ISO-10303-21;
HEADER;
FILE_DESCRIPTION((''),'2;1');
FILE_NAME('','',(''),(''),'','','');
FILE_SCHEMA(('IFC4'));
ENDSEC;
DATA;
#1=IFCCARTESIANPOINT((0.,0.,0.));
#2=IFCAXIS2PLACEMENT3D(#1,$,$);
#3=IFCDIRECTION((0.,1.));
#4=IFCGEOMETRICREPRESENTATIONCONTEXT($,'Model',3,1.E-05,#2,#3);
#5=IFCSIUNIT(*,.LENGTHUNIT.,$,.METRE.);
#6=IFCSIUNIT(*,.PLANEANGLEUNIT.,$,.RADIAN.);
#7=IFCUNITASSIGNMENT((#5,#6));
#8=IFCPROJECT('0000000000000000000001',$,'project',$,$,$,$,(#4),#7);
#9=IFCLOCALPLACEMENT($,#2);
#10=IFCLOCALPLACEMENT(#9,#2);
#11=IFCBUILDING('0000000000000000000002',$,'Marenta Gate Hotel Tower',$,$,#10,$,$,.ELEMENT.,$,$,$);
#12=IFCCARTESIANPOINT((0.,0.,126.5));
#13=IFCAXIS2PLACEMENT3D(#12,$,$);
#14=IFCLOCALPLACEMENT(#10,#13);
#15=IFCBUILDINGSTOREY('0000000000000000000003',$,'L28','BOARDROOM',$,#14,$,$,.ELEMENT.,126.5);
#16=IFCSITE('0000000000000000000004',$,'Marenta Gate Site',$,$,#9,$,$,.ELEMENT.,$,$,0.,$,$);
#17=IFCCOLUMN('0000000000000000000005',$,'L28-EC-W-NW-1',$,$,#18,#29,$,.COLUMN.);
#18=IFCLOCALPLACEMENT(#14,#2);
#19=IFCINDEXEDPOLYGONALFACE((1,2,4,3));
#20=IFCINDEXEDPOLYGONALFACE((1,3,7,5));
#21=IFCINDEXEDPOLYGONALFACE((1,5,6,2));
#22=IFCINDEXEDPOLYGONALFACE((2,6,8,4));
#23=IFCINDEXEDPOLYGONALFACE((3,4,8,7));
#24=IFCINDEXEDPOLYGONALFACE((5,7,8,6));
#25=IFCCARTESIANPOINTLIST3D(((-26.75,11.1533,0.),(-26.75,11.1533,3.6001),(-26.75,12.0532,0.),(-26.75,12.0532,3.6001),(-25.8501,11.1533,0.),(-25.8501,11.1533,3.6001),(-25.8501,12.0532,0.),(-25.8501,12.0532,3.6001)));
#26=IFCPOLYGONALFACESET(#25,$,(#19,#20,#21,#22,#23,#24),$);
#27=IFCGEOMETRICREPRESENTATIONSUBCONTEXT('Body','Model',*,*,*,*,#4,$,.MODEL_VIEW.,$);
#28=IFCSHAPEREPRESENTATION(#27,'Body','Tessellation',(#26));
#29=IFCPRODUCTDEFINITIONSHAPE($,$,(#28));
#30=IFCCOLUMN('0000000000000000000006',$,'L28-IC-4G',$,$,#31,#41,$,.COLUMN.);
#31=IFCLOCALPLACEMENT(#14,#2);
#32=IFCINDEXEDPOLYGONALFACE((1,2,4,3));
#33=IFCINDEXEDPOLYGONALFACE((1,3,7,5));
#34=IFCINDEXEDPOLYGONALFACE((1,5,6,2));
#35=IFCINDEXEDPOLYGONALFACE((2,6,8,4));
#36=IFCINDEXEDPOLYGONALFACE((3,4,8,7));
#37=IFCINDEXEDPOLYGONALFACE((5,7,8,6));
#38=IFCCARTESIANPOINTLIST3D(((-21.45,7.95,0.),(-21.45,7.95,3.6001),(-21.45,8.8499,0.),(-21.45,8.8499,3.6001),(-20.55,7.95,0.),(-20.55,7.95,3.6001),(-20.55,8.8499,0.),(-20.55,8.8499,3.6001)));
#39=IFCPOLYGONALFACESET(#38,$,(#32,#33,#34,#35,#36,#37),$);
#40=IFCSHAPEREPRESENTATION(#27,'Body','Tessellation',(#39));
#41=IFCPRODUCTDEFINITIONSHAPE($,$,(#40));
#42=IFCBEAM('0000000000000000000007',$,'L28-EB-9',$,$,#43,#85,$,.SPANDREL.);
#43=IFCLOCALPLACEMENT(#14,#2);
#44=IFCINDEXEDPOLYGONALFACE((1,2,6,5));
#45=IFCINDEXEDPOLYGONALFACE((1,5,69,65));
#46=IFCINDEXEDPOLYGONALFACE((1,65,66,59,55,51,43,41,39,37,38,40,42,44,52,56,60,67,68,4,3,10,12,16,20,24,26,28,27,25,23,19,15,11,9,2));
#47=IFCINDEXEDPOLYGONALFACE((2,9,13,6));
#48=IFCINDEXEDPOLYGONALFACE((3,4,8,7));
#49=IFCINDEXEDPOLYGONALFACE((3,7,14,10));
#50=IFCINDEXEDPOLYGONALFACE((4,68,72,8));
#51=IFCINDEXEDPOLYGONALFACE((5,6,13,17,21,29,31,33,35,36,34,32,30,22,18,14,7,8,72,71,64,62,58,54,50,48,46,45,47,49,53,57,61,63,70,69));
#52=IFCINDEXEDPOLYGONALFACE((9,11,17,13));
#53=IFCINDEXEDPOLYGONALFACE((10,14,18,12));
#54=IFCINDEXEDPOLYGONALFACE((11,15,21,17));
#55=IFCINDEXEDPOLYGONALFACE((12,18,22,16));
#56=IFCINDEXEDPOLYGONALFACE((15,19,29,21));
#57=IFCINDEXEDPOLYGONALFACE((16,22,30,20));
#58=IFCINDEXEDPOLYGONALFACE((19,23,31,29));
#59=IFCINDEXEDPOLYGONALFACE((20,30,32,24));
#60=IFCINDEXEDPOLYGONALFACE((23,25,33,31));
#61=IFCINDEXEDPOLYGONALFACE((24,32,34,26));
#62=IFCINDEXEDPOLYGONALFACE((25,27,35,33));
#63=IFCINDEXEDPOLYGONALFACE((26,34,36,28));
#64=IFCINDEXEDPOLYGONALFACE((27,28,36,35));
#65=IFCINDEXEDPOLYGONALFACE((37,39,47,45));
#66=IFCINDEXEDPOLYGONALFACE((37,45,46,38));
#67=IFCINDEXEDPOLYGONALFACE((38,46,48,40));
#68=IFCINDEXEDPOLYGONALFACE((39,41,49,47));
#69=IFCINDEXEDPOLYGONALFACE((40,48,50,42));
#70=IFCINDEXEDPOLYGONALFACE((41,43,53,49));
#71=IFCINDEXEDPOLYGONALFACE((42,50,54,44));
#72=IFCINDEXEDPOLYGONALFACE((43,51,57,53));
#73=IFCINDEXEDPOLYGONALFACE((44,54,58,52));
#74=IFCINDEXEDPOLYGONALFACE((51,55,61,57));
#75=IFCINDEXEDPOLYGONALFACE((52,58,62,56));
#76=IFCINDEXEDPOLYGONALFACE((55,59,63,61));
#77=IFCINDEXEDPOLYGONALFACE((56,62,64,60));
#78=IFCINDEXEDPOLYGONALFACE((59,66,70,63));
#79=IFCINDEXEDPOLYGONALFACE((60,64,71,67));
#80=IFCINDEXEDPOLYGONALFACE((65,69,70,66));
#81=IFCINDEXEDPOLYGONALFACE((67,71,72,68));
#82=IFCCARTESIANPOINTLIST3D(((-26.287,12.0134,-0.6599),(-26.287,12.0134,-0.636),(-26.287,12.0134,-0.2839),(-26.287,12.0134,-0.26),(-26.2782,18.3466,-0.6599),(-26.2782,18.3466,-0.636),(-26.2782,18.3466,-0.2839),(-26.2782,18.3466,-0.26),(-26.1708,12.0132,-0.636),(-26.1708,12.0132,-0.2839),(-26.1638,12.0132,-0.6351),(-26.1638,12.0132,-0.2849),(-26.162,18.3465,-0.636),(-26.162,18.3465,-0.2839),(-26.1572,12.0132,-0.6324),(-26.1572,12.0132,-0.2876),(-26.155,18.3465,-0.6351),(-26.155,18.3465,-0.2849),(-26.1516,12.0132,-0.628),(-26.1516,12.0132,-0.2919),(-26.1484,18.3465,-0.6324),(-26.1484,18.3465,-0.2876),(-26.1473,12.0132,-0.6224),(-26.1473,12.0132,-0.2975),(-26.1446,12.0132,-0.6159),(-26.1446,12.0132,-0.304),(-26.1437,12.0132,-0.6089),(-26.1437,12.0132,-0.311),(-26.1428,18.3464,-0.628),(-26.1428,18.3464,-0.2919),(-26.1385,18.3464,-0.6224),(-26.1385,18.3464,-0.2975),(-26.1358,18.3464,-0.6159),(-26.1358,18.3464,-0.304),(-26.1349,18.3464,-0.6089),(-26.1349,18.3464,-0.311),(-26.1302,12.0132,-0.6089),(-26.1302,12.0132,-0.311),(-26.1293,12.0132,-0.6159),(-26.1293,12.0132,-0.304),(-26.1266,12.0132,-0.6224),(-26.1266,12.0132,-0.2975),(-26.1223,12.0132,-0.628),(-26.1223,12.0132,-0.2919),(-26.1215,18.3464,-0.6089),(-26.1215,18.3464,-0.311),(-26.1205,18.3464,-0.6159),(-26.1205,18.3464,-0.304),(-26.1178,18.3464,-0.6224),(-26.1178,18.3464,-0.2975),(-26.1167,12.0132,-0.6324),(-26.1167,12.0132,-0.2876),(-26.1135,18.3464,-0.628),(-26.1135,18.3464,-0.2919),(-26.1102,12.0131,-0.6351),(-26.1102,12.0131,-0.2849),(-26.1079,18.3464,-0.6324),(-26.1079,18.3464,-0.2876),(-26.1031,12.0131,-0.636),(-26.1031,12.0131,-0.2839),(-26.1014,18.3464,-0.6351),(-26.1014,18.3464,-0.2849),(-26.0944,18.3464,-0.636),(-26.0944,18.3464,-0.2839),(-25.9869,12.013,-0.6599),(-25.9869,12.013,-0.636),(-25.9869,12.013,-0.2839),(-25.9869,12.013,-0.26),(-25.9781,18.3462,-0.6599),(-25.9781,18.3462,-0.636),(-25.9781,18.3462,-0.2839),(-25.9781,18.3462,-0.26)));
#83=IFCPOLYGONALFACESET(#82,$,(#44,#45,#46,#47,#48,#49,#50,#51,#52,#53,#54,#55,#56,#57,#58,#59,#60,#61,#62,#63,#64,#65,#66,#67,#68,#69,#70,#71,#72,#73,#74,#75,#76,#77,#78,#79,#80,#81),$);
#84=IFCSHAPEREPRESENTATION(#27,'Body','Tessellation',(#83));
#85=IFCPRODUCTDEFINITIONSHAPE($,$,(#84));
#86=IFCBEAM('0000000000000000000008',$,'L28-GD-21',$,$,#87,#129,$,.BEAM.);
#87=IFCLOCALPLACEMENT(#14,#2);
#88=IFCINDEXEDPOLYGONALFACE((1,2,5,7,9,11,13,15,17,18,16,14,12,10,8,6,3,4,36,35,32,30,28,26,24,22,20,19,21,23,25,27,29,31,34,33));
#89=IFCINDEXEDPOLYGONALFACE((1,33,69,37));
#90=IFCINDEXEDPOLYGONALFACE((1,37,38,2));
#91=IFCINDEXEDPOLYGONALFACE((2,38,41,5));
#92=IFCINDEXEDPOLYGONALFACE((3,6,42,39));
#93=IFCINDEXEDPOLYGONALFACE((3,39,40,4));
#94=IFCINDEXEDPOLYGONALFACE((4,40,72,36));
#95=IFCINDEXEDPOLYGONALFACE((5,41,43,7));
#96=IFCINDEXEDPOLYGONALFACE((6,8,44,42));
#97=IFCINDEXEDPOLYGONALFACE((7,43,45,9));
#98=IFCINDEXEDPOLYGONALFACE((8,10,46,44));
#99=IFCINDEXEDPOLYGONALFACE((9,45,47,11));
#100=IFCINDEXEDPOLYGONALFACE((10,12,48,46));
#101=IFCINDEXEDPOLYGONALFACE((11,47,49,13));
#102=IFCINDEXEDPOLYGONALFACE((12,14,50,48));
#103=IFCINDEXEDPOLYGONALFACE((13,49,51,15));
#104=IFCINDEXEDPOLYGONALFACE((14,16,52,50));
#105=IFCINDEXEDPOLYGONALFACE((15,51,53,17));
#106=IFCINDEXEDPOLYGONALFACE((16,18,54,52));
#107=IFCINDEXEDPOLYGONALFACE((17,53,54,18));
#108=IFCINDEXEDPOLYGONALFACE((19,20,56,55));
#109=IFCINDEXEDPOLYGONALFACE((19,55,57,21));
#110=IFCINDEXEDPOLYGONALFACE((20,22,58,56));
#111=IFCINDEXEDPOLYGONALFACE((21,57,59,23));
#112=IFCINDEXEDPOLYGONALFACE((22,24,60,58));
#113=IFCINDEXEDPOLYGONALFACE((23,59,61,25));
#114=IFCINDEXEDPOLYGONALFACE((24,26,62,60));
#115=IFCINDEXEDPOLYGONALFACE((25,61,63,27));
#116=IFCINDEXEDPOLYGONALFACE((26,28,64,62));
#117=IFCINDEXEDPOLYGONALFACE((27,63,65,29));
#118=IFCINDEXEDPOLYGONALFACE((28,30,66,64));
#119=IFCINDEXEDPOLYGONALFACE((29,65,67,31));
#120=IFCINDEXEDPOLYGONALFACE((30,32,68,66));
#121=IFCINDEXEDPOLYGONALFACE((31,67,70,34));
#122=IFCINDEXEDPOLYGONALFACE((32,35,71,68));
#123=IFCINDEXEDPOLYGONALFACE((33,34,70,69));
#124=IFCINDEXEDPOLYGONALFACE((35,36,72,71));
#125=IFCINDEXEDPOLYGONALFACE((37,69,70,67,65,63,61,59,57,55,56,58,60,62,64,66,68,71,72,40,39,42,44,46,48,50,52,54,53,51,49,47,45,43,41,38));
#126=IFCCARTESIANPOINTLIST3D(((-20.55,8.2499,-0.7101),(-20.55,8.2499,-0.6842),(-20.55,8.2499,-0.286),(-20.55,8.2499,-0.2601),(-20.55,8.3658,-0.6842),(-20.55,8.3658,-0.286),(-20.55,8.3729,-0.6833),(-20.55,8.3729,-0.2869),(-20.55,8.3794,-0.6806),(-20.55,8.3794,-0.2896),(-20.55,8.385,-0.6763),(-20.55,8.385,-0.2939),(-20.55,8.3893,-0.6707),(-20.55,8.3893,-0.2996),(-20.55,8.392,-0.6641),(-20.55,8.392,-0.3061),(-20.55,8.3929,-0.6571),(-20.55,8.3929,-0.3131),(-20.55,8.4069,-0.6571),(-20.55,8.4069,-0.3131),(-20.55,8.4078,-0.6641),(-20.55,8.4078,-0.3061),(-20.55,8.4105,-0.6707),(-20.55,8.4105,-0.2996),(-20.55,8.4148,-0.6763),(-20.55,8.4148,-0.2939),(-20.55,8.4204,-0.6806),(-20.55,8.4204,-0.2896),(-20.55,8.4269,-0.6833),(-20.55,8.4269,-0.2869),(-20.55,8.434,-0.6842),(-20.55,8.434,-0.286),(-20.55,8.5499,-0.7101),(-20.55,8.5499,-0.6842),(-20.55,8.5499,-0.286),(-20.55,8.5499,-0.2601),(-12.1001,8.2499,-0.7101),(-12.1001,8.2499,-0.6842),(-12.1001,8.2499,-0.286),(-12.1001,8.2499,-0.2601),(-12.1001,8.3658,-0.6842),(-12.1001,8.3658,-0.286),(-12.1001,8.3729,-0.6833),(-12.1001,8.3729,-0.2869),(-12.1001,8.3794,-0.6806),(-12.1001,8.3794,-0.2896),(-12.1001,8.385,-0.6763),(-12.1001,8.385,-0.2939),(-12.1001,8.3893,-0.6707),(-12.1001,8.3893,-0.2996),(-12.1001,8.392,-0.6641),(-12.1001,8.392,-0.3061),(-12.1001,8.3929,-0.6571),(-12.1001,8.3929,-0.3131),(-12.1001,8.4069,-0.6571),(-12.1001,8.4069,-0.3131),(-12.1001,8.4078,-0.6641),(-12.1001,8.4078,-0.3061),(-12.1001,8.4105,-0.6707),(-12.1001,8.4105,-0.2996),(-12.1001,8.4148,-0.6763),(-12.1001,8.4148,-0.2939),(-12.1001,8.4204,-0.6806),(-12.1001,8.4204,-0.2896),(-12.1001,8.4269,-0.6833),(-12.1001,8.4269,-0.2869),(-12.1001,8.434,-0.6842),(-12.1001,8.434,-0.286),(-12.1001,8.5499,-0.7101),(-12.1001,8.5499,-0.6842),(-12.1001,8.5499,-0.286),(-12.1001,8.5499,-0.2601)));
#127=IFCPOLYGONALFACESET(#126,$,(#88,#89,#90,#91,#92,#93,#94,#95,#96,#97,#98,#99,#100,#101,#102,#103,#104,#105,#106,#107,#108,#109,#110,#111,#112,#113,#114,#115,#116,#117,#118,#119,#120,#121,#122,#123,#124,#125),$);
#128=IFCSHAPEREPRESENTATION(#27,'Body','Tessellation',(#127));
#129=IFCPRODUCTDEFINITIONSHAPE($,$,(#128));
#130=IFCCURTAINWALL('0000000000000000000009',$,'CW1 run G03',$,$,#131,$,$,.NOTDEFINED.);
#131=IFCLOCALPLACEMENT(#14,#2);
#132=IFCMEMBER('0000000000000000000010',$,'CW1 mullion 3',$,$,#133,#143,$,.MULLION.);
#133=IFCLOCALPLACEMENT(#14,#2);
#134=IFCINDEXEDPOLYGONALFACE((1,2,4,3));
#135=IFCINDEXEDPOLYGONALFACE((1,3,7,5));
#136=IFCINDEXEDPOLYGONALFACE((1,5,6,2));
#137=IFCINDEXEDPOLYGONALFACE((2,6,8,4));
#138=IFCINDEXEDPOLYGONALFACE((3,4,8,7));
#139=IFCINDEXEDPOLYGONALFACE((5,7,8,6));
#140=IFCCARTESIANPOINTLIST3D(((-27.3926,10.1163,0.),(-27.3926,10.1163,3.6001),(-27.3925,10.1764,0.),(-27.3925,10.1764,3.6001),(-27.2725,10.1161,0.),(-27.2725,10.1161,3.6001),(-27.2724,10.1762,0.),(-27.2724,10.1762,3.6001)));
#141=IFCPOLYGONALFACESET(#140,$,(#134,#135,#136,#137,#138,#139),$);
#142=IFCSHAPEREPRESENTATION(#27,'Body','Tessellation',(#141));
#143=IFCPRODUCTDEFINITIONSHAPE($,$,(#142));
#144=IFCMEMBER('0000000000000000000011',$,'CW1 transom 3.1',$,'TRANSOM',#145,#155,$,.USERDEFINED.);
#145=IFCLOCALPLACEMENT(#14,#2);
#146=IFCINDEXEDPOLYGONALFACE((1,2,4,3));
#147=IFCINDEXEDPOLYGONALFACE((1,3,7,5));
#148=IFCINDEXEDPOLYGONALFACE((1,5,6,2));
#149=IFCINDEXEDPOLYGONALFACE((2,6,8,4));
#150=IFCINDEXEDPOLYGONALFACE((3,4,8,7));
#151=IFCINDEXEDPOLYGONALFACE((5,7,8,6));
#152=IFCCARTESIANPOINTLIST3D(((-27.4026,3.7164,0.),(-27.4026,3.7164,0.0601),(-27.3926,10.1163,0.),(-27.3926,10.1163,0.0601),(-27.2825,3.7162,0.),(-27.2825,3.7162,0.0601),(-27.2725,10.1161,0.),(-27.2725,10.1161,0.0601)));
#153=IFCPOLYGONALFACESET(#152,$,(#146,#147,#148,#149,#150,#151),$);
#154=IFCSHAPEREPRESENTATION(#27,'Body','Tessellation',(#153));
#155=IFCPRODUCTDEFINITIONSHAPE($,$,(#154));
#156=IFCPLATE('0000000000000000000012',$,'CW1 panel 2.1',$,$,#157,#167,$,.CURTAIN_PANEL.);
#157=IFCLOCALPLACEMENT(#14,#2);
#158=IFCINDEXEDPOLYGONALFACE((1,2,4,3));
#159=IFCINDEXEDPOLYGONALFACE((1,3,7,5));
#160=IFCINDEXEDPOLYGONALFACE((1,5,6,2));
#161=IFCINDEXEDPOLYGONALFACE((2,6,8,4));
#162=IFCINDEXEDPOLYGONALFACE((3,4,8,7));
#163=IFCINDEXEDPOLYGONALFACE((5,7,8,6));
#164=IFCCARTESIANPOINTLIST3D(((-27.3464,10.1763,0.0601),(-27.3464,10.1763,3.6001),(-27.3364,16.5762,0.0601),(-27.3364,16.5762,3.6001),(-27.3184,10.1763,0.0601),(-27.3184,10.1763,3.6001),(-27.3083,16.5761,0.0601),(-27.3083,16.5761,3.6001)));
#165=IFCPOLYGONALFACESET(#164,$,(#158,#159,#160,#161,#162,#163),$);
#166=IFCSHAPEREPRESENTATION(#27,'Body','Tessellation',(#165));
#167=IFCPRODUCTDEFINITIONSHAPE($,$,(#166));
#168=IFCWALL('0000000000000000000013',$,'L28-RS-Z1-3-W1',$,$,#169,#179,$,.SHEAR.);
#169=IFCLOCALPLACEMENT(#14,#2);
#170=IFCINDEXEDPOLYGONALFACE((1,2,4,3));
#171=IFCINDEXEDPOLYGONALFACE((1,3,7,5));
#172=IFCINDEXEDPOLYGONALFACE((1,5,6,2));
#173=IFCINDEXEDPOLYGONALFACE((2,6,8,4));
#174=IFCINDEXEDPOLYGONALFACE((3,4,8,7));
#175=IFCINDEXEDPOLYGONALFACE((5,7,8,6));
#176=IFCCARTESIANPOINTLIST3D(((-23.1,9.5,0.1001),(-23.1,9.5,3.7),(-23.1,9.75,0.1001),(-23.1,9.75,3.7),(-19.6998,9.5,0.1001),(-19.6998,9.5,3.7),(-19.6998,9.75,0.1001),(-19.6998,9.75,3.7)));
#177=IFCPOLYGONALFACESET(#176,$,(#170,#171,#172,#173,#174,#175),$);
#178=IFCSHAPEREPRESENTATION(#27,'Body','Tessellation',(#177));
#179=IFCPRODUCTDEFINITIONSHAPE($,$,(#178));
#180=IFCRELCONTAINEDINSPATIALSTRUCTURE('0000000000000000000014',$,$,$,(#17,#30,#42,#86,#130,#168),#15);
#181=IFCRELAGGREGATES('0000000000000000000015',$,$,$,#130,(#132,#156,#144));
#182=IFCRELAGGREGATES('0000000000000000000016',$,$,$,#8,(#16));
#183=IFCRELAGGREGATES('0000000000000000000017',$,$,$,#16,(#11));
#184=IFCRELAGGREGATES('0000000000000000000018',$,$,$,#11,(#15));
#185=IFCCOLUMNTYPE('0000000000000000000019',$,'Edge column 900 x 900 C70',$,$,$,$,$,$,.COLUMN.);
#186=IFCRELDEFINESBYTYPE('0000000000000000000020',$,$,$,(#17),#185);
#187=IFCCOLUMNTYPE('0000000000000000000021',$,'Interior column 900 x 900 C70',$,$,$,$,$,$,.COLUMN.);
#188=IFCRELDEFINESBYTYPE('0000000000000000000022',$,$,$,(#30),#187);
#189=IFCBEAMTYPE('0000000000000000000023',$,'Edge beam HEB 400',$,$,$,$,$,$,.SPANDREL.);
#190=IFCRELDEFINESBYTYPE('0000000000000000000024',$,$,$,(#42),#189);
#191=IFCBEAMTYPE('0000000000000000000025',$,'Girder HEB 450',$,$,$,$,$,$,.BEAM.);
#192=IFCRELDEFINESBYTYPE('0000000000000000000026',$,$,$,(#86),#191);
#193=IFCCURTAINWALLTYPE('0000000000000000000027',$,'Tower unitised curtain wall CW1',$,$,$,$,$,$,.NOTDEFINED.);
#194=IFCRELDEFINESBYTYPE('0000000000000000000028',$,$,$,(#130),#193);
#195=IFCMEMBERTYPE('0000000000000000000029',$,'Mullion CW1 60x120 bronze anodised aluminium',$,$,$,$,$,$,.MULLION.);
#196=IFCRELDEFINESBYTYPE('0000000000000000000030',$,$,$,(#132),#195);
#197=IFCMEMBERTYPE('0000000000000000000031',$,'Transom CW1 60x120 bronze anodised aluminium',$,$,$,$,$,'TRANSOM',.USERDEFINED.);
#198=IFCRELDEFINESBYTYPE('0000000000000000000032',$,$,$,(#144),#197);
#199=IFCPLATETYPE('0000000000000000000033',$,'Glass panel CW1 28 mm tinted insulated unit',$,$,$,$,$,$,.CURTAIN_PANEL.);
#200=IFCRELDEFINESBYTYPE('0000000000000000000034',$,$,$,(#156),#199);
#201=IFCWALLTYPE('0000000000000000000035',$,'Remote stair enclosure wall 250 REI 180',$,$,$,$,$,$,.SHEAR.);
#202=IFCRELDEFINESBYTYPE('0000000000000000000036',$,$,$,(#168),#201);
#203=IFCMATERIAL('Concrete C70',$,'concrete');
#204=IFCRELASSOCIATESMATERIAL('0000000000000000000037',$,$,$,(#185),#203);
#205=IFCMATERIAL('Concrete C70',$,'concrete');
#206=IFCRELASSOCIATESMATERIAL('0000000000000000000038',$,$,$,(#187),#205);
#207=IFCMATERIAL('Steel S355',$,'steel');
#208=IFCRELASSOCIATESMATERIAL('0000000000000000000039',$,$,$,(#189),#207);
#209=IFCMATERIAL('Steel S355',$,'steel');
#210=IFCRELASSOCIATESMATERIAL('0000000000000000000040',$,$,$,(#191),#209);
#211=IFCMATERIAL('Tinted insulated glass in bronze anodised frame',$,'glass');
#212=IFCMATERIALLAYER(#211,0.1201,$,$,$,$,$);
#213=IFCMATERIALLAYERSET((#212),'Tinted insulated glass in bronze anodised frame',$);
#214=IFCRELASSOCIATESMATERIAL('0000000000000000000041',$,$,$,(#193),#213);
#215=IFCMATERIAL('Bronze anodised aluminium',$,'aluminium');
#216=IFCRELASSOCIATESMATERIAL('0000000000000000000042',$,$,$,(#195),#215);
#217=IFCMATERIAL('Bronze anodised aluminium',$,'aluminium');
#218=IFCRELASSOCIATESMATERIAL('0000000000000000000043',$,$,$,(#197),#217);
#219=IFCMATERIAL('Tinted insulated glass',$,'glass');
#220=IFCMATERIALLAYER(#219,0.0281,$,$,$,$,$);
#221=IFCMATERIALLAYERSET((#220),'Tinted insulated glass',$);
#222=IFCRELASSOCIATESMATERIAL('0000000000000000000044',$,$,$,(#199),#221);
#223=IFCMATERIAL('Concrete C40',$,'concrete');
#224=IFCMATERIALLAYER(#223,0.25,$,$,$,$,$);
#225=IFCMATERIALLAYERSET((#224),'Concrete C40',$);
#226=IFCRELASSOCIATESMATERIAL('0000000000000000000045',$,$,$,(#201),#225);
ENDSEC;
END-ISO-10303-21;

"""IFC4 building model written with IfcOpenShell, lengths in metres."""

from ifc_helpers import new_model, si_unit, direction, frame, frame_2d, origin, origin_2d, place, context, subcontext, project, spatial, rectangle, i_section, extrude, material, layer, layer_set, material_profile, profile_set, type_object, element, aggregate, save


model = new_model("IFC4")

# Units and contexts
model_context = context("Model", 3, precision=1e-05, world=origin(), true_north=direction((0.0, 1.0)))
body_context = subcontext(model_context, "Body", "Model", "MODEL_VIEW")
ifc_project = project(units=[si_unit("LENGTHUNIT", "METRE"), si_unit("PLANEANGLEUNIT", "RADIAN")], contexts=[model_context])

# Site, building, storey
site_placement = place(None, origin())
site = spatial("IfcSite", under=ifc_project, at=site_placement, Name="Marenta Gate Site", CompositionType="ELEMENT", RefElevation=0.0)
building_placement = place(site_placement, origin())
building = spatial("IfcBuilding", under=site, at=building_placement, Name="Marenta Gate Hotel Tower", CompositionType="ELEMENT")
storey_placement = place(building_placement, frame((0.0, 0.0, 126.5)))
storey = spatial("IfcBuildingStorey", under=building, at=storey_placement, Name="L28", Description="BOARDROOM", CompositionType="ELEMENT", Elevation=126.5)

# Columns
ifc_material_1 = material(Name="Concrete C70", Category="concrete")
ifc_material_profile_1 = material_profile(ifc_material_1, rectangle(XDim=0.8999, YDim=0.8999, at=origin_2d()), Name="900 x 900")
ifc_profile_set_1 = profile_set([ifc_material_profile_1], Name="Concrete C70")
column_type_1 = type_object("IfcColumnType", Name="Edge column 900 x 900 C70", PredefinedType="COLUMN", material=ifc_profile_set_1)
column_1_placement = place(storey_placement, frame((-26.3, 11.6033, 0.0), z_axis=(0.0, 0.0, 1.0), x_axis=(1.0, 0.0, 0.0)))
element("IfcColumn", 1, at=column_1_placement, inside=storey, type_object=column_type_1, Name="L28-EC-W-NW-1", PredefinedType="COLUMN", context=body_context, shape_type="SweptSolid", body=[
    extrude(rectangle(XDim=0.8999, YDim=0.8999, at=origin_2d()), origin(), (0.0, 0.0, 1.0), 3.6001),
])
ifc_material_2 = material(Name="Concrete C70", Category="concrete")
ifc_material_profile_2 = material_profile(ifc_material_2, rectangle(XDim=0.8999, YDim=0.8999, at=origin_2d()), Name="900 x 900")
ifc_profile_set_2 = profile_set([ifc_material_profile_2], Name="Concrete C70")
column_type_2 = type_object("IfcColumnType", Name="Interior column 900 x 900 C70", PredefinedType="COLUMN", material=ifc_profile_set_2)
column_2_placement = place(storey_placement, frame((-21.0, 8.3999, 0.0), z_axis=(0.0, 0.0, 1.0), x_axis=(1.0, 0.0, 0.0)))
element("IfcColumn", 2, at=column_2_placement, inside=storey, type_object=column_type_2, Name="L28-IC-4G", PredefinedType="COLUMN", context=body_context, shape_type="SweptSolid", body=[
    extrude(rectangle(XDim=0.8999, YDim=0.8999, at=origin_2d()), origin(), (0.0, 0.0, 1.0), 3.6001),
])

# Beams
ifc_material_3 = material(Name="Steel S355", Category="steel")
ifc_material_profile_3 = material_profile(ifc_material_3, i_section(OverallWidth=0.3, OverallDepth=0.3999, WebThickness=0.0134, FlangeThickness=0.0239, FilletRadius=0.0271, at=origin_2d()), Name="HEB 400")
ifc_profile_set_3 = profile_set([ifc_material_profile_3], Name="Steel S355")
beam_type_1 = type_object("IfcBeamType", Name="Edge beam HEB 400", PredefinedType="SPANDREL", material=ifc_profile_set_3)
beam_1_placement = place(storey_placement, frame((-26.137, 12.0132, -0.46), z_axis=(0.001388, 0.999999, 0.0), x_axis=(-0.999999, 0.001388, 0.0)))
element("IfcBeam", 3, at=beam_1_placement, inside=storey, type_object=beam_type_1, Name="L28-EB-9", PredefinedType="SPANDREL", context=body_context, shape_type="SweptSolid", body=[
    extrude(i_section(OverallWidth=0.3, OverallDepth=0.3999, WebThickness=0.0134, FlangeThickness=0.0239, FilletRadius=0.0271, at=origin_2d()), origin(), (0.0, 0.0, 1.0), 6.3333),
])
ifc_material_4 = material(Name="Steel S355", Category="steel")
ifc_material_profile_4 = material_profile(ifc_material_4, i_section(OverallWidth=0.3, OverallDepth=0.45, WebThickness=0.0139, FlangeThickness=0.0259, FilletRadius=0.0271, at=origin_2d()), Name="HEB 450")
ifc_profile_set_4 = profile_set([ifc_material_profile_4], Name="Steel S355")
beam_type_2 = type_object("IfcBeamType", Name="Girder HEB 450", PredefinedType="BEAM", material=ifc_profile_set_4)
beam_2_placement = place(storey_placement, frame((-20.55, 8.3999, -0.4851), z_axis=(1.0, 0.0, 0.0), x_axis=(0.0, 1.0, 0.0)))
element("IfcBeam", 4, at=beam_2_placement, inside=storey, type_object=beam_type_2, Name="L28-GD-21", PredefinedType="BEAM", context=body_context, shape_type="SweptSolid", body=[
    extrude(i_section(OverallWidth=0.3, OverallDepth=0.45, WebThickness=0.0139, FlangeThickness=0.0259, FilletRadius=0.0271, at=origin_2d()), origin(), (0.0, 0.0, 1.0), 8.45),
])

# Curtain wall, members, plate
ifc_material_5 = material(Name="Tinted insulated glass in bronze anodised frame", Category="glass")
ifc_layer_1 = layer(ifc_material_5, 0.1201)
ifc_layer_set_1 = layer_set([ifc_layer_1], Name="Tinted insulated glass in bronze anodised frame")
curtain_wall_type = type_object("IfcCurtainWallType", Name="Tower unitised curtain wall CW1", PredefinedType="NOTDEFINED", material=ifc_layer_set_1)
curtain_wall_placement = place(storey_placement, origin())
curtain_wall = element("IfcCurtainWall", 5, at=curtain_wall_placement, inside=storey, type_object=curtain_wall_type, Name="CW1 run G03", PredefinedType="NOTDEFINED")
ifc_material_6 = material(Name="Bronze anodised aluminium", Category="aluminium")
ifc_material_profile_5 = material_profile(ifc_material_6, rectangle(XDim=0.1201, YDim=0.0601, at=origin_2d()), Name="Mullion CW1 60x120 bronze anodised aluminium")
ifc_profile_set_5 = profile_set([ifc_material_profile_5], Name="Bronze anodised aluminium")
member_type_1 = type_object("IfcMemberType", Name="Mullion CW1 60x120 bronze anodised aluminium", PredefinedType="MULLION", material=ifc_profile_set_5)
member_1_placement = place(storey_placement, frame((-27.3325, 10.1462, 0.0), z_axis=(0.0, 0.0, 1.0), x_axis=(0.999999, -0.001566, 0.0)))
member_1 = element("IfcMember", 6, at=member_1_placement, type_object=member_type_1, Name="CW1 mullion 3", PredefinedType="MULLION", context=body_context, shape_type="SweptSolid", body=[
    extrude(rectangle(XDim=0.1201, YDim=0.0601, at=origin_2d()), origin(), (0.0, 0.0, 1.0), 3.6001),
])
ifc_material_7 = material(Name="Bronze anodised aluminium", Category="aluminium")
ifc_material_profile_6 = material_profile(ifc_material_7, rectangle(XDim=0.1201, YDim=0.0601, at=origin_2d()), Name="Transom CW1 60x120 bronze anodised aluminium")
ifc_profile_set_6 = profile_set([ifc_material_profile_6], Name="Bronze anodised aluminium")
member_type_2 = type_object("IfcMemberType", Name="Transom CW1 60x120 bronze anodised aluminium", ElementType="TRANSOM", PredefinedType="USERDEFINED", material=ifc_profile_set_6)
member_2_placement = place(storey_placement, frame((-27.3325, 10.1162, 0.03), z_axis=(-0.001564, -0.999999, 0.0), x_axis=(0.999999, -0.001564, 0.0)))
member_2 = element("IfcMember", 7, at=member_2_placement, type_object=member_type_2, Name="CW1 transom 3.1", ObjectType="TRANSOM", PredefinedType="USERDEFINED", context=body_context, shape_type="SweptSolid", body=[
    extrude(rectangle(XDim=0.1201, YDim=0.0601, at=origin_2d()), origin(), (0.0, 0.0, 1.0), 6.3999),
])
ifc_material_8 = material(Name="Tinted insulated glass", Category="glass")
ifc_layer_2 = layer(ifc_material_8, 0.0281)
ifc_layer_set_2 = layer_set([ifc_layer_2], Name="Tinted insulated glass")
plate_type = type_object("IfcPlateType", Name="Glass panel CW1 28 mm tinted insulated unit", PredefinedType="CURTAIN_PANEL", material=ifc_layer_set_2)
plate_placement = place(storey_placement, frame((-27.3274, 13.3762, 0.0601), z_axis=(0.0, 0.0, 1.0), x_axis=(-0.001566, -0.999999, 0.0)))
plate = element("IfcPlate", 8, at=plate_placement, type_object=plate_type, Name="CW1 panel 2.1", PredefinedType="CURTAIN_PANEL", context=body_context, shape_type="SweptSolid", body=[
    extrude(rectangle(XDim=6.3999, YDim=0.0281, at=origin_2d()), origin(), (0.0, 0.0, 1.0), 3.54),
])
aggregate(curtain_wall, [member_1, plate, member_2])

# Wall
ifc_material_9 = material(Name="Concrete C40", Category="concrete")
ifc_layer_3 = layer(ifc_material_9, 0.25)
ifc_layer_set_3 = layer_set([ifc_layer_3], Name="Concrete C40")
wall_type_1 = type_object("IfcWallType", Name="Remote stair enclosure wall 250 REI 180", PredefinedType="SHEAR", material=ifc_layer_set_3)
for number, where, z_axis, x_axis, name in (
    (9, (-23.1001, 9.625, 0.1001), (0.0, 0.0, 1.0), (1.0, 0.0, 0.0), "L28-RS-Z1-3-W1"),
):
    element("IfcWall", number, at=place(storey_placement, frame(where, z_axis=z_axis, x_axis=x_axis)), inside=storey, type_object=wall_type_1, Name=name, PredefinedType="SHEAR", context=body_context, shape_type="SweptSolid", body=[
        extrude(rectangle(XDim=3.4001, YDim=0.25, at=frame_2d((1.7002, 0.0))), origin(), (0.0, 0.0, 1.0), 3.5999),
    ])

save(model, "model.ifc")
